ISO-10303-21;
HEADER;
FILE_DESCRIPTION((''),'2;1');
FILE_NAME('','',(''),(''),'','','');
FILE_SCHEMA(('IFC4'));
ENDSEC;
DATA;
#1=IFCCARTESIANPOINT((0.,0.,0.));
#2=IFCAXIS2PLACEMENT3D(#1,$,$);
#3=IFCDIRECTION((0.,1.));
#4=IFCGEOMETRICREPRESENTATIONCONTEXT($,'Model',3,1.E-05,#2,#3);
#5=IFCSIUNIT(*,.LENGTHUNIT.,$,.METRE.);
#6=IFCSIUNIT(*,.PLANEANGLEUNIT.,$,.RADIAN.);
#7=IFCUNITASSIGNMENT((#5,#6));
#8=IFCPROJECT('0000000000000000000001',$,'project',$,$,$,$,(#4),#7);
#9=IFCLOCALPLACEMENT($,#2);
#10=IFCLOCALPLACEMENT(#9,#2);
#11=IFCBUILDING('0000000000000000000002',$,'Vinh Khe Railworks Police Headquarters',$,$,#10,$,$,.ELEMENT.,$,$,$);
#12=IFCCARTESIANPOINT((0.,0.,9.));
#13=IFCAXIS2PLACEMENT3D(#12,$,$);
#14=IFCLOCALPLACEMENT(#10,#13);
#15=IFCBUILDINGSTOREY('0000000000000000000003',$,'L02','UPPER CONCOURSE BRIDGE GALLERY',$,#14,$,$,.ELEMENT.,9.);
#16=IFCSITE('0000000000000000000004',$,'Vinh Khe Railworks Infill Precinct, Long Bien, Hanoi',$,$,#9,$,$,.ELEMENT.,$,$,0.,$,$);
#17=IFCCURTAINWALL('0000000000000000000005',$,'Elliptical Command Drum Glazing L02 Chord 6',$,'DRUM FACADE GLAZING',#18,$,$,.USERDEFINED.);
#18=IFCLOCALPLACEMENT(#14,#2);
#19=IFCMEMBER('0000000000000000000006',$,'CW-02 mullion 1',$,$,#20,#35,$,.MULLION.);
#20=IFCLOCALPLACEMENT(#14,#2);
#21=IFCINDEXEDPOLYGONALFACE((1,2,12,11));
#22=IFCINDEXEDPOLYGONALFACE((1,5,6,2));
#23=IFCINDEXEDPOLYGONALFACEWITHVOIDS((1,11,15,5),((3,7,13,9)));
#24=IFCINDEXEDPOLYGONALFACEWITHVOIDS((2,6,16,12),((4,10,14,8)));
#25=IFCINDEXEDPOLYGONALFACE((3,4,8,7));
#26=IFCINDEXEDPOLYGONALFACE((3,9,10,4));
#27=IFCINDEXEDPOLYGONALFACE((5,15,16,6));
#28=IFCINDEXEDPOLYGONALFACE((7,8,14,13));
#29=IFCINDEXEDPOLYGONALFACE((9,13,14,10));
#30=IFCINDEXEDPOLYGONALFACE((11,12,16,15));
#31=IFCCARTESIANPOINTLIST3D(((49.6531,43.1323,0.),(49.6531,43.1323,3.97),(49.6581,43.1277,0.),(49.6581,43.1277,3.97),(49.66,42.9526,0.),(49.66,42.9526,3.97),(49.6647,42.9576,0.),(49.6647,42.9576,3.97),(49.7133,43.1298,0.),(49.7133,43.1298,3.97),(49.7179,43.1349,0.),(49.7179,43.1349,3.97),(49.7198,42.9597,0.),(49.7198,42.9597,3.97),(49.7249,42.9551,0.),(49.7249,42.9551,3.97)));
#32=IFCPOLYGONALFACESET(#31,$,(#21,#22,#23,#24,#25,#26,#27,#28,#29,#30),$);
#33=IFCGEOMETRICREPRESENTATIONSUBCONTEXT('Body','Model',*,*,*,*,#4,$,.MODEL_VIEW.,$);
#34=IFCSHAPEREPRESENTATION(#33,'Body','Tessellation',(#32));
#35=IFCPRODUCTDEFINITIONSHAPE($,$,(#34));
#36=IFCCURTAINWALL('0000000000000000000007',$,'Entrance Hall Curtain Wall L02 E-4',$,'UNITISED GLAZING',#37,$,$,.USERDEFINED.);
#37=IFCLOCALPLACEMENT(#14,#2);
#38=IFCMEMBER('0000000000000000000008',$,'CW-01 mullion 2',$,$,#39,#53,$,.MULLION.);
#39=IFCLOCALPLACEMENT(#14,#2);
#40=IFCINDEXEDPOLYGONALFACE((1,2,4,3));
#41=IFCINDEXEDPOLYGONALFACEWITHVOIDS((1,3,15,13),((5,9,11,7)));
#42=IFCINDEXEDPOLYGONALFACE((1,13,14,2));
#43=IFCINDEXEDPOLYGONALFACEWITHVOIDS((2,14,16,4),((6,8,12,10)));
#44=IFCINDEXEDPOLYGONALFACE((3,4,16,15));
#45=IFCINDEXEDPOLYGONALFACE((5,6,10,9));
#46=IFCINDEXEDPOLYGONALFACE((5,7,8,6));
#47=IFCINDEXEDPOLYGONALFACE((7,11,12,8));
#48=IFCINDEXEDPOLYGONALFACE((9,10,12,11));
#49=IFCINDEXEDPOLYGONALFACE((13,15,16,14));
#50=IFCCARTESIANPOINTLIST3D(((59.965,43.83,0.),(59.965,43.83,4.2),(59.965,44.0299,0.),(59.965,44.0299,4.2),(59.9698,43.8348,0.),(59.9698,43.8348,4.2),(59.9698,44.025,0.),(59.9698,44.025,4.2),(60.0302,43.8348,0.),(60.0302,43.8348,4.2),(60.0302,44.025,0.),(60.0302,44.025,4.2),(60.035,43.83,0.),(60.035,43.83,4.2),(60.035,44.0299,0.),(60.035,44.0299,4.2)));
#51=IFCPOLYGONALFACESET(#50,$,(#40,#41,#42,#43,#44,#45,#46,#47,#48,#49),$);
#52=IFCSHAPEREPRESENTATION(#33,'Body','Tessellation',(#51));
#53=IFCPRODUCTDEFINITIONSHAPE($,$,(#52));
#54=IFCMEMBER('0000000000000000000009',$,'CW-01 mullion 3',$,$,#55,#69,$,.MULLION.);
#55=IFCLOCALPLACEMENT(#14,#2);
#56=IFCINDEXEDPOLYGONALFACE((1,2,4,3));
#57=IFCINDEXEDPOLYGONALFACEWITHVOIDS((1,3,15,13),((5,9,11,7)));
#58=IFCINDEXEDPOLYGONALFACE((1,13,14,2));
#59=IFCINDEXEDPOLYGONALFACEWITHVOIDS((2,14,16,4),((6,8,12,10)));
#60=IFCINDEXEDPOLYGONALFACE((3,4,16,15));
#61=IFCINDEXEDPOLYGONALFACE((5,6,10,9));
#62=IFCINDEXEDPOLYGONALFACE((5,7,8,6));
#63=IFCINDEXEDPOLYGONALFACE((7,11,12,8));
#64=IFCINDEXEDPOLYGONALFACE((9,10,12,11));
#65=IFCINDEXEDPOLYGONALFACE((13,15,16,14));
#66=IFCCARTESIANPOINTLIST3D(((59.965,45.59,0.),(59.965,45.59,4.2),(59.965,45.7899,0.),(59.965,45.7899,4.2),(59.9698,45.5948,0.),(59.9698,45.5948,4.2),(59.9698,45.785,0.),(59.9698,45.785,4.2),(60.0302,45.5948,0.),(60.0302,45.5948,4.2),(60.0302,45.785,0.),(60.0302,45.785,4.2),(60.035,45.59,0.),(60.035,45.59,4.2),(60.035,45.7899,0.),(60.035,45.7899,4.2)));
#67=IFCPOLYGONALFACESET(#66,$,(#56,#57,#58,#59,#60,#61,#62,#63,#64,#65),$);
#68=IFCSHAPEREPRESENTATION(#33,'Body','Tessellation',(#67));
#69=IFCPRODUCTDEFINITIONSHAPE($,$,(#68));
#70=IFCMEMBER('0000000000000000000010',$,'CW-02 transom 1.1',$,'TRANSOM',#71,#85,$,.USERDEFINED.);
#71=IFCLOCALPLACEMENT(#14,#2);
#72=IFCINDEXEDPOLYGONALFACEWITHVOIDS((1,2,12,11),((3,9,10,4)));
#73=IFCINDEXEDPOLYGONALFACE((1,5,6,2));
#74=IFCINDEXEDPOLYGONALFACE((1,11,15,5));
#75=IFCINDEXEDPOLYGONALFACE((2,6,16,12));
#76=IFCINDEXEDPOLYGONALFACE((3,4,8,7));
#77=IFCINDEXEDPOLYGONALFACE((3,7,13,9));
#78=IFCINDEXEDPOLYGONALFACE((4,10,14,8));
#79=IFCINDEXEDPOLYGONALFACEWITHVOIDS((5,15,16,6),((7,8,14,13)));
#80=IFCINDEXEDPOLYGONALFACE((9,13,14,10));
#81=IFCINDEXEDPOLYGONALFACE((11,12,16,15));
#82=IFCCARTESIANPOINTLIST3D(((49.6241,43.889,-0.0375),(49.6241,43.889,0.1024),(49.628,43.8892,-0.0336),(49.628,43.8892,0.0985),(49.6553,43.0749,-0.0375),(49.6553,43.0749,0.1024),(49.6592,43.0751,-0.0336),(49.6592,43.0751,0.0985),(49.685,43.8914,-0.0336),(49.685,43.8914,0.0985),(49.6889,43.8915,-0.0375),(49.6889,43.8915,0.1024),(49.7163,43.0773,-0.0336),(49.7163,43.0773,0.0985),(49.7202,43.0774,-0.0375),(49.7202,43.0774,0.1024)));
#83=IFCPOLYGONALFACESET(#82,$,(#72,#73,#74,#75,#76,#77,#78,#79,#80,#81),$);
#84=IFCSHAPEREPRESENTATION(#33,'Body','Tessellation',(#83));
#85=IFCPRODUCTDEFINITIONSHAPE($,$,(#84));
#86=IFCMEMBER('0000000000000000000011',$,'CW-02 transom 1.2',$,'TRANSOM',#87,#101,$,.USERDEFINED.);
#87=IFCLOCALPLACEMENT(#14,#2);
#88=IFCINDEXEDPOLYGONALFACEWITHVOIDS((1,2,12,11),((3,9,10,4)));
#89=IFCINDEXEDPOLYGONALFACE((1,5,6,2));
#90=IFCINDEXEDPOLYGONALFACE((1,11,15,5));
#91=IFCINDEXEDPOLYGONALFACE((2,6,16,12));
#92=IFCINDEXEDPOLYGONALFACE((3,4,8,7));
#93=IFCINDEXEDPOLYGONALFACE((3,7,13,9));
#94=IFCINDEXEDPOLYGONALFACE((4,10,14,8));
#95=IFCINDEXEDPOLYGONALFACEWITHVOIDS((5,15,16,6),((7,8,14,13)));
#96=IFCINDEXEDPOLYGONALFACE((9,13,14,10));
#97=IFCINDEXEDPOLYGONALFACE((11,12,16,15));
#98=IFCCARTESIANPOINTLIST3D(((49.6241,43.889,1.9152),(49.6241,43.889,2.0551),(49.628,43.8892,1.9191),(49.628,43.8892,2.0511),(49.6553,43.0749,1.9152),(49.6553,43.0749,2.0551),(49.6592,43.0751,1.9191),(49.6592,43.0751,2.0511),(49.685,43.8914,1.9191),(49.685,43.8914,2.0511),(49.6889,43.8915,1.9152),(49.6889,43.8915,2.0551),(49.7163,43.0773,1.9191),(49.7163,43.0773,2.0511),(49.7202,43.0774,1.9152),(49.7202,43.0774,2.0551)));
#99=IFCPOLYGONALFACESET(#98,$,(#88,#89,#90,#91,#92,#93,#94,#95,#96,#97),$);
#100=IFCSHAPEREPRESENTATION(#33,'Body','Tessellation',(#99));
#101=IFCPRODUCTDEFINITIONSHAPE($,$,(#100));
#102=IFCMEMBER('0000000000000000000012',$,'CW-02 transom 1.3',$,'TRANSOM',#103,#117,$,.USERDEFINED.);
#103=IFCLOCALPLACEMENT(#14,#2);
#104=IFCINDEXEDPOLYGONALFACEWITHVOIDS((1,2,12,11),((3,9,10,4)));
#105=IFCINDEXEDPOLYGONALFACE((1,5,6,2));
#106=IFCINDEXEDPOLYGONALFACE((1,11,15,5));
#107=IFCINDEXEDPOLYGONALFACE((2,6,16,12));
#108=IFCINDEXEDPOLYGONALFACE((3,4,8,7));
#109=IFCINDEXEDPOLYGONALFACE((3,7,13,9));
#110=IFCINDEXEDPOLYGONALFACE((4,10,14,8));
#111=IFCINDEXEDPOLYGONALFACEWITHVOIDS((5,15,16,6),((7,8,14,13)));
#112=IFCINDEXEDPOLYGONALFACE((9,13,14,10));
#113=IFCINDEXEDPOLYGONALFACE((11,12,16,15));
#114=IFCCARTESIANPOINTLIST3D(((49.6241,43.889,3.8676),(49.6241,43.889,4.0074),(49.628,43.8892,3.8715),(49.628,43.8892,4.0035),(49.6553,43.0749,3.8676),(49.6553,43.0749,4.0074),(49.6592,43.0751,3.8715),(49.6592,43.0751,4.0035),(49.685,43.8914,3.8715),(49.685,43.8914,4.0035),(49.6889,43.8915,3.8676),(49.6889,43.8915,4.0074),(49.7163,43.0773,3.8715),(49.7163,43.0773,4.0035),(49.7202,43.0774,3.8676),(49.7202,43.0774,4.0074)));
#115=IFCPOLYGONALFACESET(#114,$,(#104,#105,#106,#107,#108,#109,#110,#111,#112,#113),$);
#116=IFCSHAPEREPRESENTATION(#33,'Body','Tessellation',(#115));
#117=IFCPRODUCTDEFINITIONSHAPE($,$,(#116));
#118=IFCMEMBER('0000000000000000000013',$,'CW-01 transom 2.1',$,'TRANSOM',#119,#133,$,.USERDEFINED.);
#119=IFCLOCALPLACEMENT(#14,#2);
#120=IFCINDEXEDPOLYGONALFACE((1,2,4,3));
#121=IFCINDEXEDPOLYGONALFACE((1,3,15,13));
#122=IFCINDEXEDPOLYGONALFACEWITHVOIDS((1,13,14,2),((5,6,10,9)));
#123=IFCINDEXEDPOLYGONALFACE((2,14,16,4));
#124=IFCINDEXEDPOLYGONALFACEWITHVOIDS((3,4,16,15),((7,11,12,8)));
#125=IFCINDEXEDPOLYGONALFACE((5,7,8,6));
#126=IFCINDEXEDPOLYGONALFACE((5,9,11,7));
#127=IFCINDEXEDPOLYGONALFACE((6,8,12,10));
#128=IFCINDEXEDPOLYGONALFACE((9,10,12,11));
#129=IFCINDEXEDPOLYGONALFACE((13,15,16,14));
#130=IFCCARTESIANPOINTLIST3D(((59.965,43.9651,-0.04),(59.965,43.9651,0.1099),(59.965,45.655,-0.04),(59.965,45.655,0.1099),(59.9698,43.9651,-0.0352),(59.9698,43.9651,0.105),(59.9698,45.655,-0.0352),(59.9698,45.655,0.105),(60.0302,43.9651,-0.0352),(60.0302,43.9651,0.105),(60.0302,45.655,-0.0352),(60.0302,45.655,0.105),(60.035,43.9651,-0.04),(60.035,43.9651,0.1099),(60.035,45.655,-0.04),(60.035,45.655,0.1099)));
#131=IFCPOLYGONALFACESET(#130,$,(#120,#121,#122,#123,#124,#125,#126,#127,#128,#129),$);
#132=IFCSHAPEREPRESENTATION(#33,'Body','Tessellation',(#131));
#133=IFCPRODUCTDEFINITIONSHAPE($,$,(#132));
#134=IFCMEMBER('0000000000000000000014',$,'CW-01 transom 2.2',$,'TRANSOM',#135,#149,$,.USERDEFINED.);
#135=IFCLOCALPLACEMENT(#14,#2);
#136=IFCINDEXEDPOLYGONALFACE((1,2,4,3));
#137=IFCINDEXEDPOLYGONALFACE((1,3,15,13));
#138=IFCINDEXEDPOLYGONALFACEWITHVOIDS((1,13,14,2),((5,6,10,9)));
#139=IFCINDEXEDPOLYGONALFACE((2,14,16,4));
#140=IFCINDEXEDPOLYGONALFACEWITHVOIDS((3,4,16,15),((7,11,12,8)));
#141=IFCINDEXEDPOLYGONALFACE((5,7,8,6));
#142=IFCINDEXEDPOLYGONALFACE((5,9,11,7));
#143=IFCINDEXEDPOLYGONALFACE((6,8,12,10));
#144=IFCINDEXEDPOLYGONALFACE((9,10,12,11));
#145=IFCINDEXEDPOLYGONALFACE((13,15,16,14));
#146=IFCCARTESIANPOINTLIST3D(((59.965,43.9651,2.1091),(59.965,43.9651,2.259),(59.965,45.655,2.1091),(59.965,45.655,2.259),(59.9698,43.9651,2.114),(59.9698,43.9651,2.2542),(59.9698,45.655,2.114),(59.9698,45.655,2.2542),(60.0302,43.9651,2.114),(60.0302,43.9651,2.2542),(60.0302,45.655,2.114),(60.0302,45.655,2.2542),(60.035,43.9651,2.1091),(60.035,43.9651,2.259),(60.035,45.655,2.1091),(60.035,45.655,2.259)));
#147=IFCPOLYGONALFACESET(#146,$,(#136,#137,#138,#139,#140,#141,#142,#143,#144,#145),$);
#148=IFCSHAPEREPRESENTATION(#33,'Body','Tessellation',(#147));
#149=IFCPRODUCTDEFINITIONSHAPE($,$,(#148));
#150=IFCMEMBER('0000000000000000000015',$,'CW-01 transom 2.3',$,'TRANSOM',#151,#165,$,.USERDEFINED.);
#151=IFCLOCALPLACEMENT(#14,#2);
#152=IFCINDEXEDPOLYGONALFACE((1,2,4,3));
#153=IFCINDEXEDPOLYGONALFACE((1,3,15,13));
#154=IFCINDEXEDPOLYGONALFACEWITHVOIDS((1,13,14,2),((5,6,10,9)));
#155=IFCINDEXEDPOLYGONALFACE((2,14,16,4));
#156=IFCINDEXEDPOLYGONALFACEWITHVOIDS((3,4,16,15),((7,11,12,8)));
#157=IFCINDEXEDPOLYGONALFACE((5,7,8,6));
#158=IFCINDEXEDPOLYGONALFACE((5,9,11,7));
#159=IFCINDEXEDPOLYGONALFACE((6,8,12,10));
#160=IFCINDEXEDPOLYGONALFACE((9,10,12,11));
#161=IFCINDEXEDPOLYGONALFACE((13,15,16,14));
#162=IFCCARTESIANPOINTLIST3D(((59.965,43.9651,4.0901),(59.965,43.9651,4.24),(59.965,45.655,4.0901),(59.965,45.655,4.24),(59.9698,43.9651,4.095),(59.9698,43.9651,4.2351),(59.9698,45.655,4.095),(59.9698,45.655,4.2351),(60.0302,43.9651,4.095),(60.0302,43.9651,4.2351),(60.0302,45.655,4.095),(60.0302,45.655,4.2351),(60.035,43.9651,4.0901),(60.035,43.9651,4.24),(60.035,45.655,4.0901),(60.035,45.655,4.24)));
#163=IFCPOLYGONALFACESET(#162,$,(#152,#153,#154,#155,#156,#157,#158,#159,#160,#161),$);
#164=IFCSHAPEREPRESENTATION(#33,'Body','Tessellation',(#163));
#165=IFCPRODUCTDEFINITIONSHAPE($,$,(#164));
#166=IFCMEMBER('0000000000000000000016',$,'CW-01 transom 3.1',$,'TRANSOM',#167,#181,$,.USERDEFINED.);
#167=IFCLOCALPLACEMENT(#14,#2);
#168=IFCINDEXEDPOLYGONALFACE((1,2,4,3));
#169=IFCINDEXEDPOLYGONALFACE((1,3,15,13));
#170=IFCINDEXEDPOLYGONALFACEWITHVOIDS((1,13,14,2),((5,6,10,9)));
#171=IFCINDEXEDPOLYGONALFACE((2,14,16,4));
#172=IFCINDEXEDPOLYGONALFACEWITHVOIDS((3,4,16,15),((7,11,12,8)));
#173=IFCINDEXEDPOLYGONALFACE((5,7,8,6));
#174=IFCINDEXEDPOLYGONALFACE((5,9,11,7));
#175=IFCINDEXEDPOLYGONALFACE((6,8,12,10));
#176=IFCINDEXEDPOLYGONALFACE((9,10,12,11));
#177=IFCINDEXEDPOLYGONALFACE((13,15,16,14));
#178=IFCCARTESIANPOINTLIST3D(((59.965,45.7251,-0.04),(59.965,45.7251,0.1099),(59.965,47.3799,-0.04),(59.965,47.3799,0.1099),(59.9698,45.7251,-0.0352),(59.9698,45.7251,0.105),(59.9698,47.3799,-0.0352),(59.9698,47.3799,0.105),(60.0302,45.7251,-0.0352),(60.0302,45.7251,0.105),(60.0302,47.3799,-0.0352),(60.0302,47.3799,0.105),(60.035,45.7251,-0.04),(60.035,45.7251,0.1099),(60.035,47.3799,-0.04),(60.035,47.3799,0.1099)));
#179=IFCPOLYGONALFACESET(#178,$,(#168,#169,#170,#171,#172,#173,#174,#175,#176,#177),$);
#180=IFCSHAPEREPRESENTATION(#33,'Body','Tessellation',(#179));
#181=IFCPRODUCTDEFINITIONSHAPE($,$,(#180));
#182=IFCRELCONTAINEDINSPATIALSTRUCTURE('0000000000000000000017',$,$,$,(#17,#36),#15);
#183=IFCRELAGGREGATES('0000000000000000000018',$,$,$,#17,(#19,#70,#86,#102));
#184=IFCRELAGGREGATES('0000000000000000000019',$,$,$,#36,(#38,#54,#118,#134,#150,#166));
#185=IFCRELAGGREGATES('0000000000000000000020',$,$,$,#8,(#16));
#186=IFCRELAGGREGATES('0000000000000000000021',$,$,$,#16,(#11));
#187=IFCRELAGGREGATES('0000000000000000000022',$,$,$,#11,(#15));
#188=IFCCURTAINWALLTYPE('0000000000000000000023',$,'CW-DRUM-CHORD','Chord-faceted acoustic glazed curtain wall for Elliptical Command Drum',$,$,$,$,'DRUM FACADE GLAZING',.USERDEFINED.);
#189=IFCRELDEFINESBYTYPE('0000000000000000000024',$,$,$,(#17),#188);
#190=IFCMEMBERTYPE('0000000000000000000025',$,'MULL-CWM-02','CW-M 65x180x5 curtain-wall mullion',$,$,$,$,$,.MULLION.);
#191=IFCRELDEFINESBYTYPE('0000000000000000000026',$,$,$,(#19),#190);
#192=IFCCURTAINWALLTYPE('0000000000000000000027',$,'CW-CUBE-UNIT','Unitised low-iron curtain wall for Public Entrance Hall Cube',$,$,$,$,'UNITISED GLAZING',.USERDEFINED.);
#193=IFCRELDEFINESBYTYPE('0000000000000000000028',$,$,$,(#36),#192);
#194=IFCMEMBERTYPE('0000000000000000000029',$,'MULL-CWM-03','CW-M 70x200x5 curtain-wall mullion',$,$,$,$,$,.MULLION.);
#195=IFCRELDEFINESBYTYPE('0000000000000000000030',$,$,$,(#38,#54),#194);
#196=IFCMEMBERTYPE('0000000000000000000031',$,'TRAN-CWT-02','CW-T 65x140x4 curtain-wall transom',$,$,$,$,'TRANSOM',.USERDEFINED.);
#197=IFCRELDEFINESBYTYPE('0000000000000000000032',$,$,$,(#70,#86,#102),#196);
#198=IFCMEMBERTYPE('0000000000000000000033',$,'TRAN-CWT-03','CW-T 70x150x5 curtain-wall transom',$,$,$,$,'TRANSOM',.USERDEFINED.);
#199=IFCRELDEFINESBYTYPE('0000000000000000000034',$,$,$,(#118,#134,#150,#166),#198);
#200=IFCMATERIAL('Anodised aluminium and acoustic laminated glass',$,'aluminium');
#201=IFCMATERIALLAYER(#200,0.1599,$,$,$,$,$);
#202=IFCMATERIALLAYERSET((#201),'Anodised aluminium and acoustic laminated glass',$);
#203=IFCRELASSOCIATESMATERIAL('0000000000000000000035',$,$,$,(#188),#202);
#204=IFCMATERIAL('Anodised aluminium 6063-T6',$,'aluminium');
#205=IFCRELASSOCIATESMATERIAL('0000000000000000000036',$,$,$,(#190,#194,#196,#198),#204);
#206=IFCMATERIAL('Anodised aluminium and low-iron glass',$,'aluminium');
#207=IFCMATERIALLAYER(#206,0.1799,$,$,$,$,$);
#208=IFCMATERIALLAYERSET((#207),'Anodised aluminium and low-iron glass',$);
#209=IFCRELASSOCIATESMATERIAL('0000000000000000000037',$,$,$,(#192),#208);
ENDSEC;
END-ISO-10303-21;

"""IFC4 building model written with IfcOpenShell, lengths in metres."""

from ifc_helpers import new_model, si_unit, direction, frame, origin, origin_2d, place, context, subcontext, project, spatial, hollow_rectangle, extrude, material, layer, layer_set, material_profile, profile_set, type_object, element, aggregate, save


model = new_model("IFC4")

# Units and contexts
model_context = context("Model", 3, precision=1e-05, world=origin(), true_north=direction((0.0, 1.0)))
body_context = subcontext(model_context, "Body", "Model", "MODEL_VIEW")
ifc_project = project(units=[si_unit("LENGTHUNIT", "METRE"), si_unit("PLANEANGLEUNIT", "RADIAN")], contexts=[model_context])

# Site, building, storey
site_placement = place(None, origin())
site = spatial("IfcSite", under=ifc_project, at=site_placement, Name="Vinh Khe Railworks Infill Precinct, Long Bien, Hanoi", CompositionType="ELEMENT", RefElevation=0.0)
building_placement = place(site_placement, origin())
building = spatial("IfcBuilding", under=site, at=building_placement, Name="Vinh Khe Railworks Police Headquarters", CompositionType="ELEMENT")
storey_placement = place(building_placement, frame((0.0, 0.0, 9.0)))
storey = spatial("IfcBuildingStorey", under=building, at=storey_placement, Name="L02", Description="UPPER CONCOURSE BRIDGE GALLERY", CompositionType="ELEMENT", Elevation=9.0)

# Curtain wall, member
ifc_material_1 = material(Name="Anodised aluminium and acoustic laminated glass", Category="aluminium")
ifc_layer_1 = layer(ifc_material_1, 0.1599)
ifc_layer_set_1 = layer_set([ifc_layer_1], Name="Anodised aluminium and acoustic laminated glass")
curtain_wall_type_1 = type_object("IfcCurtainWallType", Name="CW-DRUM-CHORD", Description="Chord-faceted acoustic glazed curtain wall for Elliptical Command Drum", ElementType="DRUM FACADE GLAZING", PredefinedType="USERDEFINED", material=ifc_layer_set_1)
curtain_wall_1_placement = place(storey_placement, origin())
curtain_wall_1 = element("IfcCurtainWall", 1, at=curtain_wall_1_placement, inside=storey, type_object=curtain_wall_type_1, Name="Elliptical Command Drum Glazing L02 Chord 6", ObjectType="DRUM FACADE GLAZING", PredefinedType="USERDEFINED")
ifc_material_2 = material(Name="Anodised aluminium 6063-T6", Category="aluminium")
ifc_material_profile_1 = material_profile(ifc_material_2, hollow_rectangle(XDim=0.0649, YDim=0.1799, WallThickness=0.0049, at=origin_2d()), Name="CW-M 65x180x5")
ifc_profile_set_1 = profile_set([ifc_material_profile_1], Name="Anodised aluminium 6063-T6")
member_type_1 = type_object("IfcMemberType", Name="MULL-CWM-02", Description="CW-M 65x180x5 curtain-wall mullion", PredefinedType="MULLION", material=ifc_profile_set_1)
member_1_placement = place(storey_placement, frame((49.689, 43.0437, 0.0), z_axis=(0.0, 0.0, 1.0), x_axis=(-0.999258, -0.038513, 0.0)))
member_1 = element("IfcMember", 2, at=member_1_placement, type_object=member_type_1, Name="CW-02 mullion 1", PredefinedType="MULLION", context=body_context, shape_type="SweptSolid", body=[
    extrude(hollow_rectangle(XDim=0.0649, YDim=0.1799, WallThickness=0.0049, at=origin_2d()), origin(), (0.0, 0.0, 1.0), 3.97),
])

# Curtain wall, members
ifc_material_3 = material(Name="Anodised aluminium and low-iron glass", Category="aluminium")
ifc_layer_2 = layer(ifc_material_3, 0.1799)
ifc_layer_set_2 = layer_set([ifc_layer_2], Name="Anodised aluminium and low-iron glass")
curtain_wall_type_2 = type_object("IfcCurtainWallType", Name="CW-CUBE-UNIT", Description="Unitised low-iron curtain wall for Public Entrance Hall Cube", ElementType="UNITISED GLAZING", PredefinedType="USERDEFINED", material=ifc_layer_set_2)
curtain_wall_2_placement = place(storey_placement, origin())
curtain_wall_2 = element("IfcCurtainWall", 3, at=curtain_wall_2_placement, inside=storey, type_object=curtain_wall_type_2, Name="Entrance Hall Curtain Wall L02 E-4", ObjectType="UNITISED GLAZING", PredefinedType="USERDEFINED")
ifc_material_profile_2 = material_profile(ifc_material_2, hollow_rectangle(XDim=0.0701, YDim=0.2, WallThickness=0.0049, at=origin_2d()), Name="CW-M 70x200x5")
ifc_profile_set_2 = profile_set([ifc_material_profile_2], Name="Anodised aluminium 6063-T6")
member_type_2 = type_object("IfcMemberType", Name="MULL-CWM-03", Description="CW-M 70x200x5 curtain-wall mullion", PredefinedType="MULLION", material=ifc_profile_set_2)
member_2_placement = place(storey_placement, frame((60.0, 43.9299, 0.0), z_axis=(0.0, 0.0, 1.0), x_axis=(-1.0, 0.0, 0.0)))
member_2 = element("IfcMember", 4, at=member_2_placement, type_object=member_type_2, Name="CW-01 mullion 2", PredefinedType="MULLION", context=body_context, shape_type="SweptSolid", body=[
    extrude(hollow_rectangle(XDim=0.0701, YDim=0.2, WallThickness=0.0049, at=origin_2d()), origin(), (0.0, 0.0, 1.0), 4.2),
])
member_3_placement = place(storey_placement, frame((60.0, 45.6899, 0.0), z_axis=(0.0, 0.0, 1.0), x_axis=(-1.0, 0.0, 0.0)))
member_3 = element("IfcMember", 5, at=member_3_placement, type_object=member_type_2, Name="CW-01 mullion 3", PredefinedType="MULLION", context=body_context, shape_type="SweptSolid", body=[
    extrude(hollow_rectangle(XDim=0.0701, YDim=0.2, WallThickness=0.0049, at=origin_2d()), origin(), (0.0, 0.0, 1.0), 4.2),
])

# Members
ifc_material_profile_3 = material_profile(ifc_material_2, hollow_rectangle(XDim=0.0649, YDim=0.1399, WallThickness=0.0039, at=origin_2d()), Name="CW-T 65x140x4")
ifc_profile_set_3 = profile_set([ifc_material_profile_3], Name="Anodised aluminium 6063-T6")
member_type_3 = type_object("IfcMemberType", Name="TRAN-CWT-02", Description="CW-T 65x140x4 curtain-wall transom", ElementType="TRANSOM", PredefinedType="USERDEFINED", material=ifc_profile_set_3)
member_4_placement = place(storey_placement, frame((49.6877, 43.0762, 0.0325), z_axis=(-0.038353, 0.999264, 0.0), x_axis=(-0.999264, -0.038353, 0.0)))
member_4 = element("IfcMember", 6, at=member_4_placement, type_object=member_type_3, Name="CW-02 transom 1.1", ObjectType="TRANSOM", PredefinedType="USERDEFINED", context=body_context, shape_type="SweptSolid", body=[
    extrude(hollow_rectangle(XDim=0.0649, YDim=0.1399, WallThickness=0.0039, at=origin_2d()), origin(), (0.0, 0.0, 1.0), 0.8147),
])
member_5_placement = place(storey_placement, frame((49.6877, 43.0762, 1.9851), z_axis=(-0.038353, 0.999264, 0.0), x_axis=(-0.999264, -0.038353, 0.0)))
member_5 = element("IfcMember", 7, at=member_5_placement, type_object=member_type_3, Name="CW-02 transom 1.2", ObjectType="TRANSOM", PredefinedType="USERDEFINED", context=body_context, shape_type="SweptSolid", body=[
    extrude(hollow_rectangle(XDim=0.0649, YDim=0.1399, WallThickness=0.0039, at=origin_2d()), origin(), (0.0, 0.0, 1.0), 0.8147),
])
member_6_placement = place(storey_placement, frame((49.6877, 43.0762, 3.9375), z_axis=(-0.038353, 0.999264, 0.0), x_axis=(-0.999264, -0.038353, 0.0)))
member_6 = element("IfcMember", 8, at=member_6_placement, type_object=member_type_3, Name="CW-02 transom 1.3", ObjectType="TRANSOM", PredefinedType="USERDEFINED", context=body_context, shape_type="SweptSolid", body=[
    extrude(hollow_rectangle(XDim=0.0649, YDim=0.1399, WallThickness=0.0039, at=origin_2d()), origin(), (0.0, 0.0, 1.0), 0.8147),
])
ifc_material_profile_4 = material_profile(ifc_material_2, hollow_rectangle(XDim=0.0701, YDim=0.1499, WallThickness=0.0049, at=origin_2d()), Name="CW-T 70x150x5")
ifc_profile_set_4 = profile_set([ifc_material_profile_4], Name="Anodised aluminium 6063-T6")
member_type_4 = type_object("IfcMemberType", Name="TRAN-CWT-03", Description="CW-T 70x150x5 curtain-wall transom", ElementType="TRANSOM", PredefinedType="USERDEFINED", material=ifc_profile_set_4)
member_7_placement = place(storey_placement, frame((60.0, 43.9651, 0.0349), z_axis=(0.0, 1.0, 0.0), x_axis=(-1.0, 0.0, 0.0)))
member_7 = element("IfcMember", 9, at=member_7_placement, type_object=member_type_4, Name="CW-01 transom 2.1", ObjectType="TRANSOM", PredefinedType="USERDEFINED", context=body_context, shape_type="SweptSolid", body=[
    extrude(hollow_rectangle(XDim=0.0701, YDim=0.1499, WallThickness=0.0049, at=origin_2d()), origin(), (0.0, 0.0, 1.0), 1.6899),
])
member_8_placement = place(storey_placement, frame((60.0, 43.9651, 2.1841), z_axis=(0.0, 1.0, 0.0), x_axis=(-1.0, 0.0, 0.0)))
member_8 = element("IfcMember", 10, at=member_8_placement, type_object=member_type_4, Name="CW-01 transom 2.2", ObjectType="TRANSOM", PredefinedType="USERDEFINED", context=body_context, shape_type="SweptSolid", body=[
    extrude(hollow_rectangle(XDim=0.0701, YDim=0.1499, WallThickness=0.0049, at=origin_2d()), origin(), (0.0, 0.0, 1.0), 1.6899),
])
member_9_placement = place(storey_placement, frame((60.0, 43.9651, 4.165), z_axis=(0.0, 1.0, 0.0), x_axis=(-1.0, 0.0, 0.0)))
member_9 = element("IfcMember", 11, at=member_9_placement, type_object=member_type_4, Name="CW-01 transom 2.3", ObjectType="TRANSOM", PredefinedType="USERDEFINED", context=body_context, shape_type="SweptSolid", body=[
    extrude(hollow_rectangle(XDim=0.0701, YDim=0.1499, WallThickness=0.0049, at=origin_2d()), origin(), (0.0, 0.0, 1.0), 1.6899),
])
member_10_placement = place(storey_placement, frame((60.0, 45.7251, 0.0349), z_axis=(0.0, 1.0, 0.0), x_axis=(-1.0, 0.0, 0.0)))
member_10 = element("IfcMember", 12, at=member_10_placement, type_object=member_type_4, Name="CW-01 transom 3.1", ObjectType="TRANSOM", PredefinedType="USERDEFINED", context=body_context, shape_type="SweptSolid", body=[
    extrude(hollow_rectangle(XDim=0.0701, YDim=0.1499, WallThickness=0.0049, at=origin_2d()), origin(), (0.0, 0.0, 1.0), 1.6548),
])

aggregate(curtain_wall_1, [member_1, member_4, member_5, member_6])
aggregate(curtain_wall_2, [member_2, member_3, member_7, member_8, member_9, member_10])

save(model, "model.ifc")
